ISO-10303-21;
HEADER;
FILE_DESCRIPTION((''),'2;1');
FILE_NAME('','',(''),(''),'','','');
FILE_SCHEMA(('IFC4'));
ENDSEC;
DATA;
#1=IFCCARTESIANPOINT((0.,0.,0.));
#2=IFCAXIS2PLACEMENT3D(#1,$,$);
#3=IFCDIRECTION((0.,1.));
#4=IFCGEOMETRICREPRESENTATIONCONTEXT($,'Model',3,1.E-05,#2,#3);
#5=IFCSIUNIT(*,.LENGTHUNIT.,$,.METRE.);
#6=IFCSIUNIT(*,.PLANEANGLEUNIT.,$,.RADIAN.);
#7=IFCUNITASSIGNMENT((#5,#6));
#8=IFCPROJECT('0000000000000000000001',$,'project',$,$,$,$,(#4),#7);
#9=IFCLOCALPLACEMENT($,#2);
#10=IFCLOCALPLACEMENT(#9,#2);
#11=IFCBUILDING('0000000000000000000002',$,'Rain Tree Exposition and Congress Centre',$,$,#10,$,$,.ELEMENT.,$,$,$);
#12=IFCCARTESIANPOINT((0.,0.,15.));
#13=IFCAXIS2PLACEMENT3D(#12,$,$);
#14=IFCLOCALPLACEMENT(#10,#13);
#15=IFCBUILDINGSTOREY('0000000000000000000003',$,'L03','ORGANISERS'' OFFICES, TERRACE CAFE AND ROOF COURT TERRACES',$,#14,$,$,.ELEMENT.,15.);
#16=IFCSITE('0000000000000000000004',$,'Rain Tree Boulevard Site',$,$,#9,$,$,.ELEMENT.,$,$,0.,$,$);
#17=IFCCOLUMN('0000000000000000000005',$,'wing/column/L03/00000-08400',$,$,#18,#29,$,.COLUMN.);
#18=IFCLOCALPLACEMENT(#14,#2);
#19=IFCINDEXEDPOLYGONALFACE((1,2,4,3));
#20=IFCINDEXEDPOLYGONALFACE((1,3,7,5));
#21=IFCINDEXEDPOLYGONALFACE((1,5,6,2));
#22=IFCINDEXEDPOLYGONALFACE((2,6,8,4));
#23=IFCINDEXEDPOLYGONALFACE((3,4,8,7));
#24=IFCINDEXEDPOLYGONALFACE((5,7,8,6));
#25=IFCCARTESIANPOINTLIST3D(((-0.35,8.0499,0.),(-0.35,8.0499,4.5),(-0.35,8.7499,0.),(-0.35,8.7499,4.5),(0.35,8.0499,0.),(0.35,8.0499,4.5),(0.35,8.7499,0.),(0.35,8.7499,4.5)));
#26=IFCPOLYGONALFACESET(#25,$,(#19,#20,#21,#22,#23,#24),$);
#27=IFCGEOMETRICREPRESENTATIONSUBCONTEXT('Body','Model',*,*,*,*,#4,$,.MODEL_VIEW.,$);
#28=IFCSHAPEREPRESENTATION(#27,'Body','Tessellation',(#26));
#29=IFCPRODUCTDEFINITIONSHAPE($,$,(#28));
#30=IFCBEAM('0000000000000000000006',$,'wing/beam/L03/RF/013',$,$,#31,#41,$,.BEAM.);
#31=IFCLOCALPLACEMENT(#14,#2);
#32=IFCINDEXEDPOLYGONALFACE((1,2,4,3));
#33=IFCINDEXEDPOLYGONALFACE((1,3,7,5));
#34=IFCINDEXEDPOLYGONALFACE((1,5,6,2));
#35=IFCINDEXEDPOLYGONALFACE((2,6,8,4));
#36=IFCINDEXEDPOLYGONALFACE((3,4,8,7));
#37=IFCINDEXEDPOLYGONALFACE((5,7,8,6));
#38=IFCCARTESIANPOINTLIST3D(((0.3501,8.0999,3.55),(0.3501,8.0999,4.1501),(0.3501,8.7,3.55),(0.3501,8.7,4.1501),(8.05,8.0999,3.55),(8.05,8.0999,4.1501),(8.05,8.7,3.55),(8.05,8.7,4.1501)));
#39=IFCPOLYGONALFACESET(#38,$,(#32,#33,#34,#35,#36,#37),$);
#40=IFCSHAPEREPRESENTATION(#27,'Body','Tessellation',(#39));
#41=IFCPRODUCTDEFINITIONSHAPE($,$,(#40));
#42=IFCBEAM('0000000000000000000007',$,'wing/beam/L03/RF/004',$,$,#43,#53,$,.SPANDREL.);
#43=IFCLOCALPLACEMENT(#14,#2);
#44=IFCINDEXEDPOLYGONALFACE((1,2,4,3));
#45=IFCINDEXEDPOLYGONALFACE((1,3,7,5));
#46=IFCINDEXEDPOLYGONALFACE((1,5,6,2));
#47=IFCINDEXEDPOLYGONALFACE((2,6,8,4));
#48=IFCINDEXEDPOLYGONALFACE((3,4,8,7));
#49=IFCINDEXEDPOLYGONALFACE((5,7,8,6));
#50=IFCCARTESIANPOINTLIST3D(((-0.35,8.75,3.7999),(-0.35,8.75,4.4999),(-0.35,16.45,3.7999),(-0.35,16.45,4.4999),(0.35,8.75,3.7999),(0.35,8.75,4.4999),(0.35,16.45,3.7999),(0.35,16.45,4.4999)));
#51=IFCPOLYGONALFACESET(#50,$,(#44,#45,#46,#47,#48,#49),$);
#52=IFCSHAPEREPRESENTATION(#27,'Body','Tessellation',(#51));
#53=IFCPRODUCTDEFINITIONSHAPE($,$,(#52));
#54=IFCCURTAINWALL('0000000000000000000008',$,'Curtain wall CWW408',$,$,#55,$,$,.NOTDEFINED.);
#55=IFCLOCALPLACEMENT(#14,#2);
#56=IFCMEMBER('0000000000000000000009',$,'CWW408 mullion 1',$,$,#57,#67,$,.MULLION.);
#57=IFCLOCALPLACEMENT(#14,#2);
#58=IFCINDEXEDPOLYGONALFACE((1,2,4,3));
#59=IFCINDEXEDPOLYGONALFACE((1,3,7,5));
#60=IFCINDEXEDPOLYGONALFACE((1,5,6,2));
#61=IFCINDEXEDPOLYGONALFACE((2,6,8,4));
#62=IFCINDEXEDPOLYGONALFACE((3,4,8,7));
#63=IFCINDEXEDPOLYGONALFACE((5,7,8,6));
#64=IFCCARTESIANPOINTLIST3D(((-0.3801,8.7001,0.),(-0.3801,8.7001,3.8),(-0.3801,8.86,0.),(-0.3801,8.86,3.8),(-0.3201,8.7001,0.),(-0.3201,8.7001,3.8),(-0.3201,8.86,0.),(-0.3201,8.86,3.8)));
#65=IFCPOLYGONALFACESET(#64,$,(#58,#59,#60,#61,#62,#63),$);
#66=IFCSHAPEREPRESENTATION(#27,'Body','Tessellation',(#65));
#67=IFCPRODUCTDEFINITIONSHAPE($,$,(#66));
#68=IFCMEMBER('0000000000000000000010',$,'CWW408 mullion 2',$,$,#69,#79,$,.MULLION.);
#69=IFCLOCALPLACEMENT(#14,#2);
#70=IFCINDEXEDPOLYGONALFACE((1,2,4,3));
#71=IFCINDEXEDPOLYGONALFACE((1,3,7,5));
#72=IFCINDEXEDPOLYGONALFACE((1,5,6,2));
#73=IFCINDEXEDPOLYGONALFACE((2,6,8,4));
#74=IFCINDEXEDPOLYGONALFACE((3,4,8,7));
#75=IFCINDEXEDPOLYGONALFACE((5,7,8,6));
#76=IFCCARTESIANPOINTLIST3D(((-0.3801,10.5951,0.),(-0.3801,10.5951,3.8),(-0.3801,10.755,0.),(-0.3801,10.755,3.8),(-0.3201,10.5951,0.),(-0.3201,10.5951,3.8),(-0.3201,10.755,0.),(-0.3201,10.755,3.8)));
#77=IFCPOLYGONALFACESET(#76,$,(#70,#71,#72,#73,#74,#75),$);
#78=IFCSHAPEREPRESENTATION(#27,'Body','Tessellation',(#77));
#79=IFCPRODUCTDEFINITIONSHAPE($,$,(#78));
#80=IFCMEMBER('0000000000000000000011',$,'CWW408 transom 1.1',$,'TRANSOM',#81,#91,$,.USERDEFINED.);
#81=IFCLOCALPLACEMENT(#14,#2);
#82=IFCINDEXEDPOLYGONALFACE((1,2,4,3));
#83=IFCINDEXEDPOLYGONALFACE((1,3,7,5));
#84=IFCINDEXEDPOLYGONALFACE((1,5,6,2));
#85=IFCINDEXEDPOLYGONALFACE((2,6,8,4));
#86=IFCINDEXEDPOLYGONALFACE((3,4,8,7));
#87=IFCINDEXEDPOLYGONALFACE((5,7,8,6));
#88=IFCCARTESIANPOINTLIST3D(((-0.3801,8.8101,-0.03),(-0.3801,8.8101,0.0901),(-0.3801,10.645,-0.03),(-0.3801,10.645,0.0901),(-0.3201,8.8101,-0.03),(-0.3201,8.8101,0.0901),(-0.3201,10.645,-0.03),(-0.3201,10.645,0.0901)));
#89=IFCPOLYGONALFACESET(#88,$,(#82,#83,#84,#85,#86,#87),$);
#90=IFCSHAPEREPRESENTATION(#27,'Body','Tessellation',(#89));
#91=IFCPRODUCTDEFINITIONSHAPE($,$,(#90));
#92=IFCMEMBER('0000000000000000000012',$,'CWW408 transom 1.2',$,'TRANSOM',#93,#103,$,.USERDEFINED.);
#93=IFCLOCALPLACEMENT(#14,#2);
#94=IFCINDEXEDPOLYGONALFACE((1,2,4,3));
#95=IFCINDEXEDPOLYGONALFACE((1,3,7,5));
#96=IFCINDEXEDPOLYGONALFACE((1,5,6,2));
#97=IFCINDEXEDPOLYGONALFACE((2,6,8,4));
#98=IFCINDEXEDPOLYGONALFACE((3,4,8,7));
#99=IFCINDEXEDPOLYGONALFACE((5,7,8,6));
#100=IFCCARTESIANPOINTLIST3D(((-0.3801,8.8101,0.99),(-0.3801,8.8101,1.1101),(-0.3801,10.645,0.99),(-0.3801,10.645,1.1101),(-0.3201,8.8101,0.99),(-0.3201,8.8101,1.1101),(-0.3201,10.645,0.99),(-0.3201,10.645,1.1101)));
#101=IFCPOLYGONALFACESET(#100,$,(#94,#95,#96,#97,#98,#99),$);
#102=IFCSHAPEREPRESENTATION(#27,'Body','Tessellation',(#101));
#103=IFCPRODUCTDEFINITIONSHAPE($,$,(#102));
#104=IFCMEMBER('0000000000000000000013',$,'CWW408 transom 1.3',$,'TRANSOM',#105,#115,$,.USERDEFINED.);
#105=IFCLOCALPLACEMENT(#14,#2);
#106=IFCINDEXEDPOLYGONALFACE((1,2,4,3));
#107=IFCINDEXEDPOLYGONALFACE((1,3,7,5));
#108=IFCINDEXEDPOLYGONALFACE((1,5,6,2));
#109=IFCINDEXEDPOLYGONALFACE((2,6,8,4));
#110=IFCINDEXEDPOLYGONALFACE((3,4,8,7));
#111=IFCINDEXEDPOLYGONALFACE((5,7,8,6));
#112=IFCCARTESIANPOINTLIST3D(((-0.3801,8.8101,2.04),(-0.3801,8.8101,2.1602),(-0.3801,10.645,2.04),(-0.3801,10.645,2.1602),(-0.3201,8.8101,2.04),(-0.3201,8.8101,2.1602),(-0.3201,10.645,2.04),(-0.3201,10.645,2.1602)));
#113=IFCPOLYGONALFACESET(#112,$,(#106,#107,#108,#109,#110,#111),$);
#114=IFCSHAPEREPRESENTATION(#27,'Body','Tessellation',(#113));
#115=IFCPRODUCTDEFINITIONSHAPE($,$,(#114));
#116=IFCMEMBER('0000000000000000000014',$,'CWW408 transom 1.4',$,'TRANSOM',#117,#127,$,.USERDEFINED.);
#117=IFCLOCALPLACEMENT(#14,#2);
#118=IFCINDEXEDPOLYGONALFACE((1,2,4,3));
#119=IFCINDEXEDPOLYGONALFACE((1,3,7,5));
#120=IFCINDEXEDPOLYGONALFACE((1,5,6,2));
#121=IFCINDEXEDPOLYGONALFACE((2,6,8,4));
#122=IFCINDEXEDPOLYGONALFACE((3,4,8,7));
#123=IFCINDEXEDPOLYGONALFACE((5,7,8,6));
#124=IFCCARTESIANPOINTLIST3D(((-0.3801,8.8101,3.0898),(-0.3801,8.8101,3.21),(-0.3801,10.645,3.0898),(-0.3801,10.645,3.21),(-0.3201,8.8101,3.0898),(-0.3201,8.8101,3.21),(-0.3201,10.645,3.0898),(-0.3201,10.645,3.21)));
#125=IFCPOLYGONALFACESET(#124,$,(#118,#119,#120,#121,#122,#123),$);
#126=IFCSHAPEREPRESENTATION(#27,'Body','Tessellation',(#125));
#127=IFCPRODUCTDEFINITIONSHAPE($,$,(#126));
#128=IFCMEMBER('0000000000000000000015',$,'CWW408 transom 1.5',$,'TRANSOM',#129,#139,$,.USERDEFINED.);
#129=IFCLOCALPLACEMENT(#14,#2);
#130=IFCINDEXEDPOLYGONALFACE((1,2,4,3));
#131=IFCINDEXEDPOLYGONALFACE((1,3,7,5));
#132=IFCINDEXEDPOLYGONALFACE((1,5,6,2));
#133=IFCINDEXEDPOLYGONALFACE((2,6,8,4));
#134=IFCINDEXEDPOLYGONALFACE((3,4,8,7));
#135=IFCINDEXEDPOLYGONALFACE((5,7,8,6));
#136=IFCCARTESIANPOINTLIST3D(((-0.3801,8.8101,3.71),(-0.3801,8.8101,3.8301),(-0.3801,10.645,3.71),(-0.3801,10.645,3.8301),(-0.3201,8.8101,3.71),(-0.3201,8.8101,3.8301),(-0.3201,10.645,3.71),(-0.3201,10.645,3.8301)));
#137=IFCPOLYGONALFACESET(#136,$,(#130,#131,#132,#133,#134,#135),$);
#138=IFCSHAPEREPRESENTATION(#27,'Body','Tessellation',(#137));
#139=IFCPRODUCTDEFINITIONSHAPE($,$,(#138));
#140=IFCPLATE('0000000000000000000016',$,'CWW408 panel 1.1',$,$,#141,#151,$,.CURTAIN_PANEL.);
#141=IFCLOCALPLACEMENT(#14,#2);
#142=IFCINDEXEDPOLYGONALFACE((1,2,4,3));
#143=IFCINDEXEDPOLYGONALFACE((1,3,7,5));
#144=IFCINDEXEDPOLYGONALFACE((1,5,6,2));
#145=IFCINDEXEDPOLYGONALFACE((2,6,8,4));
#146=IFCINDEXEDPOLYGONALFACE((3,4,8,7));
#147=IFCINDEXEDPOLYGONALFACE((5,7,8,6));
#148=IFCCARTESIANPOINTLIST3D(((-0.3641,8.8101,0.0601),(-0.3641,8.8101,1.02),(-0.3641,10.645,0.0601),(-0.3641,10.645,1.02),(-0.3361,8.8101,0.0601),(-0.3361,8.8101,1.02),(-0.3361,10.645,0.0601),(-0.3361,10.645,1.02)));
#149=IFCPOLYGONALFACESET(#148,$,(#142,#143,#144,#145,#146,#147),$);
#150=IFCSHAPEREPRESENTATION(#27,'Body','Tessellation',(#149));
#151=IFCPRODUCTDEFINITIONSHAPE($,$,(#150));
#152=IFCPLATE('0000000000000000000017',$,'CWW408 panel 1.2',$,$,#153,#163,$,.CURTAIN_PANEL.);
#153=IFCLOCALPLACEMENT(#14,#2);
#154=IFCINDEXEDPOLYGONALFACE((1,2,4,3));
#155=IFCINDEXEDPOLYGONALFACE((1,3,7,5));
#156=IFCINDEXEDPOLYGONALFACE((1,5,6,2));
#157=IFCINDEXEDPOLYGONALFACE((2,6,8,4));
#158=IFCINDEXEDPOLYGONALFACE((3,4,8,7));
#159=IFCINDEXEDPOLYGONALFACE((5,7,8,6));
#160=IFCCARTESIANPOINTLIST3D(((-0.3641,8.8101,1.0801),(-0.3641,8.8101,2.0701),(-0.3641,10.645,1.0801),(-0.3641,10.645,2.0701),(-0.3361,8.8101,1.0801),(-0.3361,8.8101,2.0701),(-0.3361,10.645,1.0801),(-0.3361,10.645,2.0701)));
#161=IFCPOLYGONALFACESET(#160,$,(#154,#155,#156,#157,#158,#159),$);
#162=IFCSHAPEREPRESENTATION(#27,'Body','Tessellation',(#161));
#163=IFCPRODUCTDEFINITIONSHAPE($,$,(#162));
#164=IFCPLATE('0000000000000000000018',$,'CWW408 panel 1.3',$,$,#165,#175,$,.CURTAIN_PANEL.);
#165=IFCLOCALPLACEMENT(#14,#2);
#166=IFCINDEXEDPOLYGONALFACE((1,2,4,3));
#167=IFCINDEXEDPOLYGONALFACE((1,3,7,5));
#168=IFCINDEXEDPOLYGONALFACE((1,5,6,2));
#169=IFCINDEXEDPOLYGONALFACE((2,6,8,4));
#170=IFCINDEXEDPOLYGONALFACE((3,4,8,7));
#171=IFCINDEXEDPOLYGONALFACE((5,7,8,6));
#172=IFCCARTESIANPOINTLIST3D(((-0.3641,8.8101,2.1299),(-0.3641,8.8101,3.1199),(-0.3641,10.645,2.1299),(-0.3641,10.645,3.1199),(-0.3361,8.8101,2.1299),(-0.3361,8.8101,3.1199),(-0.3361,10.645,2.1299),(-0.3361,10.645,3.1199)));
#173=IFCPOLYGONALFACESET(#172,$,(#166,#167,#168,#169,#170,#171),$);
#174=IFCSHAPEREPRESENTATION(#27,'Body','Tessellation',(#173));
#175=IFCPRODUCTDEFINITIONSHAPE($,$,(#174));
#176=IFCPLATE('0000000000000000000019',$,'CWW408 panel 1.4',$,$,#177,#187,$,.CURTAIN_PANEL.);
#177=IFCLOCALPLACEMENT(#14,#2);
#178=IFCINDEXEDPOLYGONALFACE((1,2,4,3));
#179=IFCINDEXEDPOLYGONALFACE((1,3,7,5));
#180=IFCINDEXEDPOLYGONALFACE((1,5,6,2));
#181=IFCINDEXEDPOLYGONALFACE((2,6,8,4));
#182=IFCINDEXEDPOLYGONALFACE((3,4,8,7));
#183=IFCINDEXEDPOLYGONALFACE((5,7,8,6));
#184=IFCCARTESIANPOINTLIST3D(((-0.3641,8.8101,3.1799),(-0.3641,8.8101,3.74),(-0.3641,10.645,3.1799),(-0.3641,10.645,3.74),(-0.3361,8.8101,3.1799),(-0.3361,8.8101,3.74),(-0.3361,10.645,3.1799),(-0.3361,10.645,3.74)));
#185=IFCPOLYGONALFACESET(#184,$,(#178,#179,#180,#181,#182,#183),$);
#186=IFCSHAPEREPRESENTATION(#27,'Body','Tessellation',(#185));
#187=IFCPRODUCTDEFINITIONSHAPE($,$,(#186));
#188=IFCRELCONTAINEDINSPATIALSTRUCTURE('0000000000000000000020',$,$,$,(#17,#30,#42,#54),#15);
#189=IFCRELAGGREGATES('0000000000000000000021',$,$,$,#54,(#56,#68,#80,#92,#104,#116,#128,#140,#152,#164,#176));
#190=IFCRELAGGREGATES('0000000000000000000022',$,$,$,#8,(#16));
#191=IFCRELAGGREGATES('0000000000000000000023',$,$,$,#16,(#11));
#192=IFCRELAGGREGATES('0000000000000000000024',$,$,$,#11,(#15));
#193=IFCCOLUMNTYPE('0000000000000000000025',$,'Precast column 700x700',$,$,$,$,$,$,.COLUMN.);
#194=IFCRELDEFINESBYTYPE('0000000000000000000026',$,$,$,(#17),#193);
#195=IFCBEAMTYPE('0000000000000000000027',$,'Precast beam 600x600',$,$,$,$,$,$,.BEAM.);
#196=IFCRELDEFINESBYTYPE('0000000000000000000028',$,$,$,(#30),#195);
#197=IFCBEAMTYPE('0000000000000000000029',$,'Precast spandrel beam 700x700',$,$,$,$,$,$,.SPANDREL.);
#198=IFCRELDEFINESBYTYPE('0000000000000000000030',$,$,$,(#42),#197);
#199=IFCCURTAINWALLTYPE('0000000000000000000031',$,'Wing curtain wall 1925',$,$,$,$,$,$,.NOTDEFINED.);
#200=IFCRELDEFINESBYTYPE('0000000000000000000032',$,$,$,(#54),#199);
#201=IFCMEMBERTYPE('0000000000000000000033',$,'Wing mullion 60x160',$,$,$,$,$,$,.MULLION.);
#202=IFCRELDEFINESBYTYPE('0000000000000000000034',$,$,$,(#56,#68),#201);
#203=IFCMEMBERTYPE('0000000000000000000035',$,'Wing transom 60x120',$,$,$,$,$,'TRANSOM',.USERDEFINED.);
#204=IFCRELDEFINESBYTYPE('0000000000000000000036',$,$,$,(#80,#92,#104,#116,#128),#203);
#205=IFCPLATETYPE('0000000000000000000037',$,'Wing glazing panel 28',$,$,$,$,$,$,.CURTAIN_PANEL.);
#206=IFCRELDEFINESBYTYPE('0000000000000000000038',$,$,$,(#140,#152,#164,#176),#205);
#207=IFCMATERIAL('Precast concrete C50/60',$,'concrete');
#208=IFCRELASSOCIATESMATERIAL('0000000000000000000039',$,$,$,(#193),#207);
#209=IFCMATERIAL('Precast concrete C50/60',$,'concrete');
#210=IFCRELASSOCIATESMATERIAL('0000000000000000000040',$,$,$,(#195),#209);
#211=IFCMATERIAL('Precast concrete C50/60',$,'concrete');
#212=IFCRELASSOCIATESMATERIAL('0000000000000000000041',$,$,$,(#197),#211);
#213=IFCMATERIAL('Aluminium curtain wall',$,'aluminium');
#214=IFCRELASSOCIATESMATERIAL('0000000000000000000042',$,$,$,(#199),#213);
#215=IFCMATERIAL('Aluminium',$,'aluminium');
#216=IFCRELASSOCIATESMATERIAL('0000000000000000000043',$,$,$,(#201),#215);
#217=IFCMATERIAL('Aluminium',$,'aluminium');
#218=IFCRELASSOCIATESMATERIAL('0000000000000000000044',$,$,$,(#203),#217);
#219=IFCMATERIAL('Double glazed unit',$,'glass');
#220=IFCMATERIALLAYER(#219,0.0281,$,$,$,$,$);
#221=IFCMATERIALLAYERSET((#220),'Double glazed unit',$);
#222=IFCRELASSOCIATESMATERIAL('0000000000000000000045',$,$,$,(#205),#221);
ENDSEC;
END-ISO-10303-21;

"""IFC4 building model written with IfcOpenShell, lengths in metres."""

from ifc_helpers import new_model, si_unit, direction, frame, origin, origin_2d, place, context, subcontext, project, spatial, rectangle, extrude, material, layer, layer_set, material_profile, profile_set, type_object, element, aggregate, save


model = new_model("IFC4")

# Units and contexts
model_context = context("Model", 3, precision=1e-05, world=origin(), true_north=direction((0.0, 1.0)))
body_context = subcontext(model_context, "Body", "Model", "MODEL_VIEW")
ifc_project = project(units=[si_unit("LENGTHUNIT", "METRE"), si_unit("PLANEANGLEUNIT", "RADIAN")], contexts=[model_context])

# Site, building, storey
site_placement = place(None, origin())
site = spatial("IfcSite", under=ifc_project, at=site_placement, Name="Rain Tree Boulevard Site", CompositionType="ELEMENT", RefElevation=0.0)
building_placement = place(site_placement, origin())
building = spatial("IfcBuilding", under=site, at=building_placement, Name="Rain Tree Exposition and Congress Centre", CompositionType="ELEMENT")
storey_placement = place(building_placement, frame((0.0, 0.0, 15.0)))
storey = spatial("IfcBuildingStorey", under=building, at=storey_placement, Name="L03", Description="ORGANISERS' OFFICES, TERRACE CAFE AND ROOF COURT TERRACES", CompositionType="ELEMENT", Elevation=15.0)

# Column
ifc_material_1 = material(Name="Precast concrete C50/60", Category="concrete")
ifc_material_profile_1 = material_profile(ifc_material_1, rectangle(XDim=0.7, YDim=0.7, at=origin_2d()), Name="RC 700x700")
ifc_profile_set_1 = profile_set([ifc_material_profile_1], Name="Precast concrete C50/60")
column_type = type_object("IfcColumnType", Name="Precast column 700x700", PredefinedType="COLUMN", material=ifc_profile_set_1)
column_placement = place(storey_placement, frame((0.0, 8.3999, 0.0), z_axis=(0.0, 0.0, 1.0), x_axis=(1.0, 0.0, 0.0)))
element("IfcColumn", 1, at=column_placement, inside=storey, type_object=column_type, Name="wing/column/L03/00000-08400", PredefinedType="COLUMN", context=body_context, shape_type="SweptSolid", body=[
    extrude(rectangle(XDim=0.7, YDim=0.7, at=origin_2d()), origin(), (0.0, 0.0, 1.0), 4.5),
])

# Beams
ifc_material_2 = material(Name="Precast concrete C50/60", Category="concrete")
ifc_material_profile_2 = material_profile(ifc_material_2, rectangle(XDim=0.6001, YDim=0.6001, at=origin_2d()), Name="RC 600x600")
ifc_profile_set_2 = profile_set([ifc_material_profile_2], Name="Precast concrete C50/60")
beam_type_1 = type_object("IfcBeamType", Name="Precast beam 600x600", PredefinedType="BEAM", material=ifc_profile_set_2)
beam_1_placement = place(storey_placement, frame((0.3501, 8.3999, 3.8501), z_axis=(1.0, 0.0, 0.0), x_axis=(0.0, 1.0, 0.0)))
element("IfcBeam", 2, at=beam_1_placement, inside=storey, type_object=beam_type_1, Name="wing/beam/L03/RF/013", PredefinedType="BEAM", context=body_context, shape_type="SweptSolid", body=[
    extrude(rectangle(XDim=0.6001, YDim=0.6001, at=origin_2d()), origin(), (0.0, 0.0, 1.0), 7.7),
])
ifc_material_3 = material(Name="Precast concrete C50/60", Category="concrete")
ifc_material_profile_3 = material_profile(ifc_material_3, rectangle(XDim=0.7, YDim=0.7, at=origin_2d()), Name="RC 700x700")
ifc_profile_set_3 = profile_set([ifc_material_profile_3], Name="Precast concrete C50/60")
beam_type_2 = type_object("IfcBeamType", Name="Precast spandrel beam 700x700", PredefinedType="SPANDREL", material=ifc_profile_set_3)
beam_2_placement = place(storey_placement, frame((0.0, 8.75, 4.1499), z_axis=(0.0, 1.0, 0.0), x_axis=(-1.0, 0.0, 0.0)))
element("IfcBeam", 3, at=beam_2_placement, inside=storey, type_object=beam_type_2, Name="wing/beam/L03/RF/004", PredefinedType="SPANDREL", context=body_context, shape_type="SweptSolid", body=[
    extrude(rectangle(XDim=0.7, YDim=0.7, at=origin_2d()), origin(), (0.0, 0.0, 1.0), 7.7),
])

# Curtain wall, members, plates
ifc_material_4 = material(Name="Aluminium curtain wall", Category="aluminium")
curtain_wall_type = type_object("IfcCurtainWallType", Name="Wing curtain wall 1925", PredefinedType="NOTDEFINED", material=ifc_material_4)
curtain_wall_placement = place(storey_placement, origin())
curtain_wall = element("IfcCurtainWall", 4, at=curtain_wall_placement, inside=storey, type_object=curtain_wall_type, Name="Curtain wall CWW408", PredefinedType="NOTDEFINED")
ifc_material_5 = material(Name="Aluminium", Category="aluminium")
ifc_material_profile_4 = material_profile(ifc_material_5, rectangle(XDim=0.0601, YDim=0.1599, at=origin_2d()), Name="Aluminium 60x160")
ifc_profile_set_4 = profile_set([ifc_material_profile_4], Name="Aluminium")
member_type_1 = type_object("IfcMemberType", Name="Wing mullion 60x160", PredefinedType="MULLION", material=ifc_profile_set_4)
member_1_placement = place(storey_placement, frame((-0.3501, 8.78, 0.0), z_axis=(0.0, 0.0, 1.0), x_axis=(-1.0, 0.0, 0.0)))
member_1 = element("IfcMember", 5, at=member_1_placement, type_object=member_type_1, Name="CWW408 mullion 1", PredefinedType="MULLION", context=body_context, shape_type="SweptSolid", body=[
    extrude(rectangle(XDim=0.0601, YDim=0.1599, at=origin_2d()), origin(), (0.0, 0.0, 1.0), 3.8),
])
member_2_placement = place(storey_placement, frame((-0.3501, 10.675, 0.0), z_axis=(0.0, 0.0, 1.0), x_axis=(-1.0, 0.0, 0.0)))
member_2 = element("IfcMember", 6, at=member_2_placement, type_object=member_type_1, Name="CWW408 mullion 2", PredefinedType="MULLION", context=body_context, shape_type="SweptSolid", body=[
    extrude(rectangle(XDim=0.0601, YDim=0.1599, at=origin_2d()), origin(), (0.0, 0.0, 1.0), 3.8),
])
ifc_material_6 = material(Name="Aluminium", Category="aluminium")
ifc_material_profile_5 = material_profile(ifc_material_6, rectangle(XDim=0.0601, YDim=0.1201, at=origin_2d()), Name="Aluminium 60x120")
ifc_profile_set_5 = profile_set([ifc_material_profile_5], Name="Aluminium")
member_type_2 = type_object("IfcMemberType", Name="Wing transom 60x120", ElementType="TRANSOM", PredefinedType="USERDEFINED", material=ifc_profile_set_5)
member_3_placement = place(storey_placement, frame((-0.3501, 8.8101, 0.03), z_axis=(0.0, 1.0, 0.0), x_axis=(-1.0, 0.0, 0.0)))
member_3 = element("IfcMember", 7, at=member_3_placement, type_object=member_type_2, Name="CWW408 transom 1.1", ObjectType="TRANSOM", PredefinedType="USERDEFINED", context=body_context, shape_type="SweptSolid", body=[
    extrude(rectangle(XDim=0.0601, YDim=0.1201, at=origin_2d()), origin(), (0.0, 0.0, 1.0), 1.835),
])
member_4_placement = place(storey_placement, frame((-0.3501, 8.8101, 1.05), z_axis=(0.0, 1.0, 0.0), x_axis=(-1.0, 0.0, 0.0)))
member_4 = element("IfcMember", 8, at=member_4_placement, type_object=member_type_2, Name="CWW408 transom 1.2", ObjectType="TRANSOM", PredefinedType="USERDEFINED", context=body_context, shape_type="SweptSolid", body=[
    extrude(rectangle(XDim=0.0601, YDim=0.1201, at=origin_2d()), origin(), (0.0, 0.0, 1.0), 1.835),
])
member_5_placement = place(storey_placement, frame((-0.3501, 8.8101, 2.1001), z_axis=(0.0, 1.0, 0.0), x_axis=(-1.0, 0.0, 0.0)))
member_5 = element("IfcMember", 9, at=member_5_placement, type_object=member_type_2, Name="CWW408 transom 1.3", ObjectType="TRANSOM", PredefinedType="USERDEFINED", context=body_context, shape_type="SweptSolid", body=[
    extrude(rectangle(XDim=0.0601, YDim=0.1201, at=origin_2d()), origin(), (0.0, 0.0, 1.0), 1.835),
])
member_6_placement = place(storey_placement, frame((-0.3501, 8.8101, 3.1499), z_axis=(0.0, 1.0, 0.0), x_axis=(-1.0, 0.0, 0.0)))
member_6 = element("IfcMember", 10, at=member_6_placement, type_object=member_type_2, Name="CWW408 transom 1.4", ObjectType="TRANSOM", PredefinedType="USERDEFINED", context=body_context, shape_type="SweptSolid", body=[
    extrude(rectangle(XDim=0.0601, YDim=0.1201, at=origin_2d()), origin(), (0.0, 0.0, 1.0), 1.835),
])
member_7_placement = place(storey_placement, frame((-0.3501, 8.8101, 3.77), z_axis=(0.0, 1.0, 0.0), x_axis=(-1.0, 0.0, 0.0)))
member_7 = element("IfcMember", 11, at=member_7_placement, type_object=member_type_2, Name="CWW408 transom 1.5", ObjectType="TRANSOM", PredefinedType="USERDEFINED", context=body_context, shape_type="SweptSolid", body=[
    extrude(rectangle(XDim=0.0601, YDim=0.1201, at=origin_2d()), origin(), (0.0, 0.0, 1.0), 1.835),
])
ifc_material_7 = material(Name="Double glazed unit", Category="glass")
ifc_layer_1 = layer(ifc_material_7, 0.0281)
ifc_layer_set_1 = layer_set([ifc_layer_1], Name="Double glazed unit")
plate_type = type_object("IfcPlateType", Name="Wing glazing panel 28", PredefinedType="CURTAIN_PANEL", material=ifc_layer_set_1)
plate_1_placement = place(storey_placement, frame((-0.3501, 9.7275, 0.0601), z_axis=(0.0, 0.0, 1.0), x_axis=(0.0, 1.0, 0.0)))
plate_1 = element("IfcPlate", 12, at=plate_1_placement, type_object=plate_type, Name="CWW408 panel 1.1", PredefinedType="CURTAIN_PANEL", context=body_context, shape_type="SweptSolid", body=[
    extrude(rectangle(XDim=1.835, YDim=0.0281, at=origin_2d()), origin(), (0.0, 0.0, 1.0), 0.96),
])
plate_2_placement = place(storey_placement, frame((-0.3501, 9.7275, 1.0801), z_axis=(0.0, 0.0, 1.0), x_axis=(0.0, 1.0, 0.0)))
plate_2 = element("IfcPlate", 13, at=plate_2_placement, type_object=plate_type, Name="CWW408 panel 1.2", PredefinedType="CURTAIN_PANEL", context=body_context, shape_type="SweptSolid", body=[
    extrude(rectangle(XDim=1.835, YDim=0.0281, at=origin_2d()), origin(), (0.0, 0.0, 1.0), 0.99),
])
plate_3_placement = place(storey_placement, frame((-0.3501, 9.7275, 2.1299), z_axis=(0.0, 0.0, 1.0), x_axis=(0.0, 1.0, 0.0)))
plate_3 = element("IfcPlate", 14, at=plate_3_placement, type_object=plate_type, Name="CWW408 panel 1.3", PredefinedType="CURTAIN_PANEL", context=body_context, shape_type="SweptSolid", body=[
    extrude(rectangle(XDim=1.835, YDim=0.0281, at=origin_2d()), origin(), (0.0, 0.0, 1.0), 0.99),
])
plate_4_placement = place(storey_placement, frame((-0.3501, 9.7275, 3.1799), z_axis=(0.0, 0.0, 1.0), x_axis=(0.0, 1.0, 0.0)))
plate_4 = element("IfcPlate", 15, at=plate_4_placement, type_object=plate_type, Name="CWW408 panel 1.4", PredefinedType="CURTAIN_PANEL", context=body_context, shape_type="SweptSolid", body=[
    extrude(rectangle(XDim=1.835, YDim=0.0281, at=origin_2d()), origin(), (0.0, 0.0, 1.0), 0.5601),
])
aggregate(curtain_wall, [member_1, member_2, member_3, member_4, member_5, member_6, member_7, plate_1, plate_2, plate_3, plate_4])

save(model, "model.ifc")
